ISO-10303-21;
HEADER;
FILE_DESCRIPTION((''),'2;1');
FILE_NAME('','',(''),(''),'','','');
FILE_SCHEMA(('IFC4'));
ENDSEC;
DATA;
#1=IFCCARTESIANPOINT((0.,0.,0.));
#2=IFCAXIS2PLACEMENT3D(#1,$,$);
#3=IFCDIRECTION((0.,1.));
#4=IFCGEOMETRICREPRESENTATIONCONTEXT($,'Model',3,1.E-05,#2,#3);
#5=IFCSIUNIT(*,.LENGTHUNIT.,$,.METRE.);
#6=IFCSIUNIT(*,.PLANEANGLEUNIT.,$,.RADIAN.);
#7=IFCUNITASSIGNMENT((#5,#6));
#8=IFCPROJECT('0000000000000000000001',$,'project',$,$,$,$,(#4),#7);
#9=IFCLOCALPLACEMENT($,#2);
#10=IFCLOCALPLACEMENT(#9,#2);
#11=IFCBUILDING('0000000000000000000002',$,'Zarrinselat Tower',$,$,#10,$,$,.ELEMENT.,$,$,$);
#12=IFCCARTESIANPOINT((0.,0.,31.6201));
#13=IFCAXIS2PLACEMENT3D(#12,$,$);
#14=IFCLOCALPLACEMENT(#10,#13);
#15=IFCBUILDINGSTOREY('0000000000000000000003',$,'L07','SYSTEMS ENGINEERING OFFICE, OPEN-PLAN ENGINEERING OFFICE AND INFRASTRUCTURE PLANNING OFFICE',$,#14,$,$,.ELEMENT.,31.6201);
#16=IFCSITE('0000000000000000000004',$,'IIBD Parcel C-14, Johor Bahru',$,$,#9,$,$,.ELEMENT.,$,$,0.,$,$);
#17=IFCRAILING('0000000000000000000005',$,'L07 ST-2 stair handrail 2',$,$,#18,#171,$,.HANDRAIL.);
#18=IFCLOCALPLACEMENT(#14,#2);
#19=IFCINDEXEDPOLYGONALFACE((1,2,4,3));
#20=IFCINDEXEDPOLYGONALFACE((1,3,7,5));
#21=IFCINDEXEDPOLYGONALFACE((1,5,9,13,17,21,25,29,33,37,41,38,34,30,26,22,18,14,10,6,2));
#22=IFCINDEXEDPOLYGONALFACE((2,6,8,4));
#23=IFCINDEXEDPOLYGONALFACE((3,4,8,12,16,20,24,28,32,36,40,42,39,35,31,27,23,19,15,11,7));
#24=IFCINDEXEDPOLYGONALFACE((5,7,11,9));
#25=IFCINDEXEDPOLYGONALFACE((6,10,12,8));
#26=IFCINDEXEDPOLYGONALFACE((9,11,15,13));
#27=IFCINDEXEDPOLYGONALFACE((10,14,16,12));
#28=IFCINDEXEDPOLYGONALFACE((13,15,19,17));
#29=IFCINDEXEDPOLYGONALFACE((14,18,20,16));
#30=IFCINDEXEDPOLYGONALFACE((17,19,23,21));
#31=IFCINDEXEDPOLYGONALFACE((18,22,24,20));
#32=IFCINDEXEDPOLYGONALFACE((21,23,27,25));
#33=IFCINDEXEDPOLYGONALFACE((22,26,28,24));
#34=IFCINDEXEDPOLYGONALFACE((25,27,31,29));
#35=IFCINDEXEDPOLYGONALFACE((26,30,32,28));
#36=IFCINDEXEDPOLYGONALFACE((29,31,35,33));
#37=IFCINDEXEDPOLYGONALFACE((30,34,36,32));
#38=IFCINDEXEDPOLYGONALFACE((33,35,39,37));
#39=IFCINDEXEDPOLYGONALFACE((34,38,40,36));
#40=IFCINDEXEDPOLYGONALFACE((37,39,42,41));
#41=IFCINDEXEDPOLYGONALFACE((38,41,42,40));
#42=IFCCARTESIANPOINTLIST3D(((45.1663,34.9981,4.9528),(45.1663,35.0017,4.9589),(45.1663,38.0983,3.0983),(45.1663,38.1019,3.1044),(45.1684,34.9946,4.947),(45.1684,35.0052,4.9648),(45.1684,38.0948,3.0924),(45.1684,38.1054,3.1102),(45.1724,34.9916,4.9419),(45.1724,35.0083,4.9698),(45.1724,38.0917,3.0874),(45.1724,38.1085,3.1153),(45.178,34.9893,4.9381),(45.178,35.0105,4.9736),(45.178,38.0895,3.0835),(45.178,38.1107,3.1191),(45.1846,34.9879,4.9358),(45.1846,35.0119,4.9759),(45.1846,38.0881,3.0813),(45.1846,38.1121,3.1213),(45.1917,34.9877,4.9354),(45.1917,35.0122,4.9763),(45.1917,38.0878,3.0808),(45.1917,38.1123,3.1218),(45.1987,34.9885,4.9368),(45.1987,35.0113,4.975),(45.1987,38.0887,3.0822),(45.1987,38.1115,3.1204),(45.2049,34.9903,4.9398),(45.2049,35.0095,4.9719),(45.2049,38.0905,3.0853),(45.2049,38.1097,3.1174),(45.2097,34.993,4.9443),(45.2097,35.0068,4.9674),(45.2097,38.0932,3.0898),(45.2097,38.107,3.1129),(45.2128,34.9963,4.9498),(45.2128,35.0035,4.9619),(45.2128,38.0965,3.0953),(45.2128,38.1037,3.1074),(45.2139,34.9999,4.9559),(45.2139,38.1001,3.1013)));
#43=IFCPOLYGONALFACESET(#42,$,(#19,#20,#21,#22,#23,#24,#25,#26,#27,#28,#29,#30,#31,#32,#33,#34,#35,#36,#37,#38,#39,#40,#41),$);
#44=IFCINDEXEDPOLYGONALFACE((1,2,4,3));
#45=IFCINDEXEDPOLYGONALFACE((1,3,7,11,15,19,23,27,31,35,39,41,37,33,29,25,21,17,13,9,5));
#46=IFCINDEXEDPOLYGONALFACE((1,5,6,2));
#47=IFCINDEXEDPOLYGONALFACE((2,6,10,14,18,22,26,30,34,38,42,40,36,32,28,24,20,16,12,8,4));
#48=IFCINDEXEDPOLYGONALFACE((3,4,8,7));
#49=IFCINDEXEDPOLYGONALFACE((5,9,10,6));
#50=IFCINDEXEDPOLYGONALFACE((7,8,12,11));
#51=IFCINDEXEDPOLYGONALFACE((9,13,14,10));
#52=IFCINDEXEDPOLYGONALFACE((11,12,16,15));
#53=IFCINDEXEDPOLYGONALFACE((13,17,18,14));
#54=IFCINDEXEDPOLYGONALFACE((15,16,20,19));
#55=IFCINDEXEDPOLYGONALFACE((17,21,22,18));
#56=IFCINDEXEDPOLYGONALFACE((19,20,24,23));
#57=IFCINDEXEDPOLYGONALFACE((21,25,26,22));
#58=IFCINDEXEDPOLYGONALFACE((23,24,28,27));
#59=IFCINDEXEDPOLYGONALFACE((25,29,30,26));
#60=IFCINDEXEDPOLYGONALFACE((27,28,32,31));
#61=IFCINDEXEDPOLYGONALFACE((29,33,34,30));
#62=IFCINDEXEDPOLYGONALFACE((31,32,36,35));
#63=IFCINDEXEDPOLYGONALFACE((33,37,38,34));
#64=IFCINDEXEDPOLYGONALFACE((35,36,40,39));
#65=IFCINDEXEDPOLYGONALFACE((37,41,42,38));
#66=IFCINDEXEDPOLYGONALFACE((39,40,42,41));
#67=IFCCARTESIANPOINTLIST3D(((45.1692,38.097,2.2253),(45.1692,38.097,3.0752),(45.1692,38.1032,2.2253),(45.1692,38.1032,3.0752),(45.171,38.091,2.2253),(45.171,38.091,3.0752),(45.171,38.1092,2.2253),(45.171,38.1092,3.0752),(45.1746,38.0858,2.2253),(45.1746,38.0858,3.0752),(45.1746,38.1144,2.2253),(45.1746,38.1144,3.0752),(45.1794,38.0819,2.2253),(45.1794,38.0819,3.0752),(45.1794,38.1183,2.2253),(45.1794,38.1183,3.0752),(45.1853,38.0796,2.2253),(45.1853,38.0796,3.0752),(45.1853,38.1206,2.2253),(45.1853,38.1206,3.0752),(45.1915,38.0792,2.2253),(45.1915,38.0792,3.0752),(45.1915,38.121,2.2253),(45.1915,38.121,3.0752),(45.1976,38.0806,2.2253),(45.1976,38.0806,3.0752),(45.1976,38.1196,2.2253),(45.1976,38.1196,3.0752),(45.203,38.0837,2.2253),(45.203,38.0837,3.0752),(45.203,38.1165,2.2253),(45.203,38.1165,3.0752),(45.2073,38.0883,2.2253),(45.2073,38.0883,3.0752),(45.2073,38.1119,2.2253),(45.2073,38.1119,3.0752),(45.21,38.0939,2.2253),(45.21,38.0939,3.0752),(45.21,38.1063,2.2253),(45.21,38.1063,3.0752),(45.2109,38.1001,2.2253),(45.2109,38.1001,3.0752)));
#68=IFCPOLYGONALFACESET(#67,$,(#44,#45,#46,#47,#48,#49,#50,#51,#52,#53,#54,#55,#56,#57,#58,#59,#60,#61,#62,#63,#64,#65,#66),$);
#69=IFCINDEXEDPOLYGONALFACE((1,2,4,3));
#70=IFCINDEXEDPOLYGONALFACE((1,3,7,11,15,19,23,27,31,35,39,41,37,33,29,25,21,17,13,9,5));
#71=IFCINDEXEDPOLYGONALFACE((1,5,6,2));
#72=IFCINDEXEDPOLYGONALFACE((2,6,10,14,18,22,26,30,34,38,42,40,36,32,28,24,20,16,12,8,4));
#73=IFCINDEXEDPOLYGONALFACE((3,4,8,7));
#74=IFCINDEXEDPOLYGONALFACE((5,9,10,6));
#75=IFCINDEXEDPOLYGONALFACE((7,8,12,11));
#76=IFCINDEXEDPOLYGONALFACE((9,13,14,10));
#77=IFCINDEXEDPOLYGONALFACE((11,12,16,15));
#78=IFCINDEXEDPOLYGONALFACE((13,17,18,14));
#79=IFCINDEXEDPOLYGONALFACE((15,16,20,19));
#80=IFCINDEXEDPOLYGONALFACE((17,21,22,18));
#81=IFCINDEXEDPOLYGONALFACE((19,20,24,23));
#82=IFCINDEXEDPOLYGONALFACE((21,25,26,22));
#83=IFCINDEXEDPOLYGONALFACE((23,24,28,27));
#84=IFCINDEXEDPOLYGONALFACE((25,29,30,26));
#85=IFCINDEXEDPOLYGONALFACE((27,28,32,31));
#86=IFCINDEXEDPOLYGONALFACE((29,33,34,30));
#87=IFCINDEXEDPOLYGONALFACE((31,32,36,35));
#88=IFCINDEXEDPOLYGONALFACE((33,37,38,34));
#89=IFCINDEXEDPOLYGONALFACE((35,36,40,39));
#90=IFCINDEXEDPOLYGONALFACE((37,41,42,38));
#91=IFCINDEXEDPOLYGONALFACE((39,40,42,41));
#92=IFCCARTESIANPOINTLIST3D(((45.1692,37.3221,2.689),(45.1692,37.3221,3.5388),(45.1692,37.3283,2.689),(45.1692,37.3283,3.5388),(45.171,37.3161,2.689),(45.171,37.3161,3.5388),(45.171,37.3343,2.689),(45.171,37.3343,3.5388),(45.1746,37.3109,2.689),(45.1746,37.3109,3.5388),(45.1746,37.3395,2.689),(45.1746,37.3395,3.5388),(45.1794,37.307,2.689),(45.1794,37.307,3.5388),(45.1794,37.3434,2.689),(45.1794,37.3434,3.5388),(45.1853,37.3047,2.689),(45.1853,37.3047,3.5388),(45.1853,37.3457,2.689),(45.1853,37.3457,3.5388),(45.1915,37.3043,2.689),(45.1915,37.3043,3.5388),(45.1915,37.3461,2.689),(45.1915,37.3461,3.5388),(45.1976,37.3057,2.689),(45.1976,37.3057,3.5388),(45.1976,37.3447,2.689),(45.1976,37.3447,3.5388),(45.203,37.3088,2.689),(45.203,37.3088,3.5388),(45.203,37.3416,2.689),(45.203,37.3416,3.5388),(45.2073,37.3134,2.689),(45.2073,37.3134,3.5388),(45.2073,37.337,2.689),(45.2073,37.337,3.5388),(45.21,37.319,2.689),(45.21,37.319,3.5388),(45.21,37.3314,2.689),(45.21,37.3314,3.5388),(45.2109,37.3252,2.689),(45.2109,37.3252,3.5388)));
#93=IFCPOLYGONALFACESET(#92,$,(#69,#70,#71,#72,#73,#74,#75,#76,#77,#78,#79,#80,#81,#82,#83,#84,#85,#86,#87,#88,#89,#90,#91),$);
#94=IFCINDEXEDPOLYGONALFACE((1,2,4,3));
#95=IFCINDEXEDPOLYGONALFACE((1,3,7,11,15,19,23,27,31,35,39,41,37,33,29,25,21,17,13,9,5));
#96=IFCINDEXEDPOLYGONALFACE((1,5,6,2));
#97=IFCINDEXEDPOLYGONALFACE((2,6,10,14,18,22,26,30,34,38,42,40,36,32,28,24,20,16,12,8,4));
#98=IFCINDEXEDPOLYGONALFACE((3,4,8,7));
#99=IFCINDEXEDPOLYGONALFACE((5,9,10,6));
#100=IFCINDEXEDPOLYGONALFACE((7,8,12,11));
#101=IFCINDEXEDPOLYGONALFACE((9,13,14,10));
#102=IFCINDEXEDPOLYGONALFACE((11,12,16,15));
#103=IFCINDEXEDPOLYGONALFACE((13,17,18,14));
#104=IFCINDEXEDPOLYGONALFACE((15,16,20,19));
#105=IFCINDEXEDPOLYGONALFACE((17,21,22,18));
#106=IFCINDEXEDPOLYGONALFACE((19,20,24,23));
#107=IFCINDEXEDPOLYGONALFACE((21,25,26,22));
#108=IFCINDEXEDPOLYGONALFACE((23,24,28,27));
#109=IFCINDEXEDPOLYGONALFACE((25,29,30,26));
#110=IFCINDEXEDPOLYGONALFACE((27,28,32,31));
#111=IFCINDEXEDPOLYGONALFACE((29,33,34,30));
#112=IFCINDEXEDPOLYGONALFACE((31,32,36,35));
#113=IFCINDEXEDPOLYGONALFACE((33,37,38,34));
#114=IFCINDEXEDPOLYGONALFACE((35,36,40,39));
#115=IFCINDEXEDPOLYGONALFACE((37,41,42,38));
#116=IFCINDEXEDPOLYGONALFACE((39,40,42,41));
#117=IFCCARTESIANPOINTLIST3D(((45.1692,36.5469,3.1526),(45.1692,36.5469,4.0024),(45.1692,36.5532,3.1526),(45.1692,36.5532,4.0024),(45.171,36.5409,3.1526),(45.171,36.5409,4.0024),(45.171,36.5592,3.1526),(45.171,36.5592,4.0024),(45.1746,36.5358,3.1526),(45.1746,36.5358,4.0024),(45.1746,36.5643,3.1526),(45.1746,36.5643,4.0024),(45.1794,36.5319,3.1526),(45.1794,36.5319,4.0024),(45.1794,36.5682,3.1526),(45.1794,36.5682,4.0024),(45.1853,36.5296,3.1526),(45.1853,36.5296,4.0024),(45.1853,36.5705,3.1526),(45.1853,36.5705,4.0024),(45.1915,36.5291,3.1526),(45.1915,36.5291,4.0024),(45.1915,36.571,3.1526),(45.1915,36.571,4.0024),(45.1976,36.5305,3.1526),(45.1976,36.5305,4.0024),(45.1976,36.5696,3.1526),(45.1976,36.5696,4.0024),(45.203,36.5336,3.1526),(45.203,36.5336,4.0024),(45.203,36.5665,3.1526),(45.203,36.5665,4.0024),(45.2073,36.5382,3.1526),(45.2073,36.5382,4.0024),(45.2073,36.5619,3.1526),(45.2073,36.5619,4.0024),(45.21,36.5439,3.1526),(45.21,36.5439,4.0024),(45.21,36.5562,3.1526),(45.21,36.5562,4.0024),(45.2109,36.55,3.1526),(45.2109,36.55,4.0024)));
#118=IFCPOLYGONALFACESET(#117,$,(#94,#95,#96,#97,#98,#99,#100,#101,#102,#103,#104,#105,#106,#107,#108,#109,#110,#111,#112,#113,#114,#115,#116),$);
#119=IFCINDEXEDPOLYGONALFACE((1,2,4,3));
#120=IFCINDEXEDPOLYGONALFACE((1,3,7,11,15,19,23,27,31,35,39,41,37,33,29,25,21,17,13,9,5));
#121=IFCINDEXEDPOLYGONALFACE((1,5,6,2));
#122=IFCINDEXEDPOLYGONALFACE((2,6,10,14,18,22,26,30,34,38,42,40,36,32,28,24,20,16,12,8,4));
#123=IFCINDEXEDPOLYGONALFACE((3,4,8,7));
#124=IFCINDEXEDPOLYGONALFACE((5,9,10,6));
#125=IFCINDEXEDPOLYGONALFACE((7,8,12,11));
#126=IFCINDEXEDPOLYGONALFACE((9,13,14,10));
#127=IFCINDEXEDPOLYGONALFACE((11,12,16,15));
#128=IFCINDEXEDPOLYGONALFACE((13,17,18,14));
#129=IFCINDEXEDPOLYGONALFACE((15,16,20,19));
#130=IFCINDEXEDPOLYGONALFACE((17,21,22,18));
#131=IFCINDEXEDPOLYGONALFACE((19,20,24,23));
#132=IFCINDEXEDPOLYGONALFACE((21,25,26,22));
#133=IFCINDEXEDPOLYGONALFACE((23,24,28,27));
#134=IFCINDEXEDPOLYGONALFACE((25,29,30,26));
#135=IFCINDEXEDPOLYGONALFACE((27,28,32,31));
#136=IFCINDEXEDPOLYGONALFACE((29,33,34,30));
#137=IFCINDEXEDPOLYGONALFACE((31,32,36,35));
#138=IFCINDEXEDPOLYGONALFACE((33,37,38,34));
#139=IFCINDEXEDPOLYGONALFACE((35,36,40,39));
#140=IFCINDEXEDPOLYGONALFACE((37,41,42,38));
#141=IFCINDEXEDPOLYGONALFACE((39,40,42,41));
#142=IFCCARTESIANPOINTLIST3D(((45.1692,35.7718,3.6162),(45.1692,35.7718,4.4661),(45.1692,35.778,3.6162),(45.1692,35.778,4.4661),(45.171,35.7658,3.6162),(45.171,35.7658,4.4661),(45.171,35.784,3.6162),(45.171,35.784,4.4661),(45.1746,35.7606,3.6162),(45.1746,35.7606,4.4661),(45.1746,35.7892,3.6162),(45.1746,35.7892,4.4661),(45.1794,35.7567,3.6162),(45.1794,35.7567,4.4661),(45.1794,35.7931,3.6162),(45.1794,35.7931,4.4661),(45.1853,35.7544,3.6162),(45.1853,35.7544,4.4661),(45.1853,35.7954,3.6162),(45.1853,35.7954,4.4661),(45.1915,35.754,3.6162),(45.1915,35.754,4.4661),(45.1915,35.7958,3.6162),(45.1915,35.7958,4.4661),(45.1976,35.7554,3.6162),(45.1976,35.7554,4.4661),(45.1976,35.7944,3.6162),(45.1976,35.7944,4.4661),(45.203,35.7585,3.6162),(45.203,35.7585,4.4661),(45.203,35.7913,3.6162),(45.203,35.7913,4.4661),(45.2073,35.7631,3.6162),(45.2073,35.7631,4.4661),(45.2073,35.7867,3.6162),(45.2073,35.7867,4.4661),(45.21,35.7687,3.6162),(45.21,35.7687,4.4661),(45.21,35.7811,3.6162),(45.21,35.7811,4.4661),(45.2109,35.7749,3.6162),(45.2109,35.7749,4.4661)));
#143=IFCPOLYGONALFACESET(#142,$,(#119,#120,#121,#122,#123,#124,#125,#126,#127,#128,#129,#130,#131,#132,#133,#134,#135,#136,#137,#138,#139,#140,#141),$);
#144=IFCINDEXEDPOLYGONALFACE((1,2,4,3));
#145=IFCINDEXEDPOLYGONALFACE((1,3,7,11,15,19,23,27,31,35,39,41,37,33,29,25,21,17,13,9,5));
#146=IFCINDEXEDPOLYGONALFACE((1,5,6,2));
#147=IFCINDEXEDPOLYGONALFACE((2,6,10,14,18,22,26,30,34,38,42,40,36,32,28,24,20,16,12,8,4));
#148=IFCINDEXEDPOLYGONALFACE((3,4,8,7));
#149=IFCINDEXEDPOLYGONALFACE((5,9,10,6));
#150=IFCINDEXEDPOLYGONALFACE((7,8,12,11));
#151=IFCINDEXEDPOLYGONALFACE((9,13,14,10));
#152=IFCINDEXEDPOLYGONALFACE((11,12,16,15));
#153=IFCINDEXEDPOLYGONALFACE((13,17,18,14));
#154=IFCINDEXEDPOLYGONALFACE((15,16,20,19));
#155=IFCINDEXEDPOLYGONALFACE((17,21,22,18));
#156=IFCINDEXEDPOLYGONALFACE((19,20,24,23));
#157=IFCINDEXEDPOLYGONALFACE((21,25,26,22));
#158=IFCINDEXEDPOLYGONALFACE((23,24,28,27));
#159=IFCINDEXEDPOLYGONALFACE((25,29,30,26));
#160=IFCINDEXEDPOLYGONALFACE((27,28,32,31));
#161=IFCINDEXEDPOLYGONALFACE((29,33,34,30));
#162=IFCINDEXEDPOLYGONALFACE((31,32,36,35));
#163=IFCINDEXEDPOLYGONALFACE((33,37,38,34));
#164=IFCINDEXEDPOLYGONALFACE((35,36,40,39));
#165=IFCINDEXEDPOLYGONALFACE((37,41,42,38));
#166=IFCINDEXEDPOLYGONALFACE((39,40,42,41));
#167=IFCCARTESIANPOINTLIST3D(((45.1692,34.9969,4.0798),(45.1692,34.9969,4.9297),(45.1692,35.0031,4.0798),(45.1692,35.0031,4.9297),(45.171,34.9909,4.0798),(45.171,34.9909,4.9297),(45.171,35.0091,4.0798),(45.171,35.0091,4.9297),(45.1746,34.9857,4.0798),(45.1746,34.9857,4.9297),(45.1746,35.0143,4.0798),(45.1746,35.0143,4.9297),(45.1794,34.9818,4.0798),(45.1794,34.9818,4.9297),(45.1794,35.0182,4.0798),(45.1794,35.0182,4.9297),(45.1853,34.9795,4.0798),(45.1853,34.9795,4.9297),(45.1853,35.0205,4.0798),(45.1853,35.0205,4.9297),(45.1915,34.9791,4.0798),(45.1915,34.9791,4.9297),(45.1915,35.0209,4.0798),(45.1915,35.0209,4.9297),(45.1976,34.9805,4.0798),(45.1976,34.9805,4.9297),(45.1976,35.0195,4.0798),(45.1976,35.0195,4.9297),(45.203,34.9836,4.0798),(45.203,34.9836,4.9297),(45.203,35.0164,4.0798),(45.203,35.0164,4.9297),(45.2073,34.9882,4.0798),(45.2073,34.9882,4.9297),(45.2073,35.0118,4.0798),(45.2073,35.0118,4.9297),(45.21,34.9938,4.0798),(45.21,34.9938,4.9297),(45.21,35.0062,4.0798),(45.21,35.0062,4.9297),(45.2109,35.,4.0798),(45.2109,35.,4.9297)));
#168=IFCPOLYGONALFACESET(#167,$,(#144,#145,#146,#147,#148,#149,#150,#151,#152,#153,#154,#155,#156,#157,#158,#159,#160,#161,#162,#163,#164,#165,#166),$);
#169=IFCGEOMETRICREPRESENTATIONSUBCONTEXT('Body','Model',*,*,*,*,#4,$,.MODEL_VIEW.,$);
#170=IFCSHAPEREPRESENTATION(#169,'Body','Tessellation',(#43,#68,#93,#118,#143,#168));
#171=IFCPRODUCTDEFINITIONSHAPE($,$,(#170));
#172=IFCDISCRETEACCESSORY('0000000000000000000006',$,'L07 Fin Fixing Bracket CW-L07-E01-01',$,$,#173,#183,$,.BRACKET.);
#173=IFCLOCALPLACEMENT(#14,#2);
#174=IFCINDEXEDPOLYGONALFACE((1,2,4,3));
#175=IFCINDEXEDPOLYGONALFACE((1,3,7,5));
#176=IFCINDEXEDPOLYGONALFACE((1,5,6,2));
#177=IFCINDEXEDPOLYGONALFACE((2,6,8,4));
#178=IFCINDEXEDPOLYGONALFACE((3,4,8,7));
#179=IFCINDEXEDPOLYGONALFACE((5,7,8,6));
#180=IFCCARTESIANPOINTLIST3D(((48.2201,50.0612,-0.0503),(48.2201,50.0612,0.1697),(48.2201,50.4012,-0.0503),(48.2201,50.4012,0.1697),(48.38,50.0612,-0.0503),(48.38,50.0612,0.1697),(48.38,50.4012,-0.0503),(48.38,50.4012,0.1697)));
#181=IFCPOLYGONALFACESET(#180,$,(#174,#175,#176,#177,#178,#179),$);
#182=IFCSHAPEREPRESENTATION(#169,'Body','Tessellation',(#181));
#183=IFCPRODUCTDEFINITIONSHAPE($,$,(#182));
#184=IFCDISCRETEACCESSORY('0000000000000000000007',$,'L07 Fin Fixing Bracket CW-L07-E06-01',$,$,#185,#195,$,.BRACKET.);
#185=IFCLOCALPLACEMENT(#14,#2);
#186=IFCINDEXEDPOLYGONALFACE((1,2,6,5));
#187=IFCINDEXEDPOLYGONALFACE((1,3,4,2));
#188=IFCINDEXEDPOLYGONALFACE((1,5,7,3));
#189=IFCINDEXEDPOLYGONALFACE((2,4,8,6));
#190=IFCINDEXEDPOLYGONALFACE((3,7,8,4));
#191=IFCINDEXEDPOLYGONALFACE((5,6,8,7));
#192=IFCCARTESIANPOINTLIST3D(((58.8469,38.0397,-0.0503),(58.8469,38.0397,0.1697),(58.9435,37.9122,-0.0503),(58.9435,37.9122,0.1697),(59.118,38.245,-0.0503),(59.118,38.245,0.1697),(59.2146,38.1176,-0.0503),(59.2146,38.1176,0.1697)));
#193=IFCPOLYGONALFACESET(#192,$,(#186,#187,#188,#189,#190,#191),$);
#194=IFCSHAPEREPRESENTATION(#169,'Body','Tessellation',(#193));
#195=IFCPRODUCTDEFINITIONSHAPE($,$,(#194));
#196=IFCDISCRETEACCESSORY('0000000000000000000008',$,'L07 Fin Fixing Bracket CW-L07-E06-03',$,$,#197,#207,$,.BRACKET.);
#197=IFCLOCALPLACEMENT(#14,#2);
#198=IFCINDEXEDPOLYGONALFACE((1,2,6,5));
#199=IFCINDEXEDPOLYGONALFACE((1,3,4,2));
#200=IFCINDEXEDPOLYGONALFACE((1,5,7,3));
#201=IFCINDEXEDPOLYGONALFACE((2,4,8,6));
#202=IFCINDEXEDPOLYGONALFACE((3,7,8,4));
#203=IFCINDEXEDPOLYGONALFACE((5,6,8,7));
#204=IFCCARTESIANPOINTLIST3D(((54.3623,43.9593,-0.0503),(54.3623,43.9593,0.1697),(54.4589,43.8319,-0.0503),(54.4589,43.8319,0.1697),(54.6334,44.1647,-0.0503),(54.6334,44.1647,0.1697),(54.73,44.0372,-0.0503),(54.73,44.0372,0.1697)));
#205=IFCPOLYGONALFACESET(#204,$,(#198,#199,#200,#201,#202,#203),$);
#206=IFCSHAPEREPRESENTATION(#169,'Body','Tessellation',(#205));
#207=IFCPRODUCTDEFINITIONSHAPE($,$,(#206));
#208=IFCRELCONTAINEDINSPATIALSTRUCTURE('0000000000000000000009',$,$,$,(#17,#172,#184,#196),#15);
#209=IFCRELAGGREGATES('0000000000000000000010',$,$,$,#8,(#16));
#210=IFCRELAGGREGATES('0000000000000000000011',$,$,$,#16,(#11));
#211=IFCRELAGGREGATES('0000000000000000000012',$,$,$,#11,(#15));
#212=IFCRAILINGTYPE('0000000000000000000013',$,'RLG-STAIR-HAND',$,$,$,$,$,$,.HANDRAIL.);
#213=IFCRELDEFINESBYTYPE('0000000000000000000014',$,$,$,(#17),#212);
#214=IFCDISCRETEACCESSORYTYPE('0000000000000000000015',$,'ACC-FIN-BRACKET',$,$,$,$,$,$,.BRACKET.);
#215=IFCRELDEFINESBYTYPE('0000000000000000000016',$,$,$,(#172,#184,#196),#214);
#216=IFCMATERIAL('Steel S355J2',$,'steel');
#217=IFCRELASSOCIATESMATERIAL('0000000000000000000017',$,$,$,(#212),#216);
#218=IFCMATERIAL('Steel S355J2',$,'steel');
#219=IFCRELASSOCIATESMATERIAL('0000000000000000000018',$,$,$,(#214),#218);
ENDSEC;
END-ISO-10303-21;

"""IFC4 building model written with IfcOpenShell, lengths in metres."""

from ifc_helpers import new_model, si_unit, direction, frame, origin, origin_2d, place, context, subcontext, project, spatial, rectangle, circle, extrude, material, type_object, element, save


model = new_model("IFC4")

# Units and contexts
model_context = context("Model", 3, precision=1e-05, world=origin(), true_north=direction((0.0, 1.0)))
body_context = subcontext(model_context, "Body", "Model", "MODEL_VIEW")
ifc_project = project(units=[si_unit("LENGTHUNIT", "METRE"), si_unit("PLANEANGLEUNIT", "RADIAN")], contexts=[model_context])

# Site, building, storey
site_placement = place(None, origin())
site = spatial("IfcSite", under=ifc_project, at=site_placement, Name="IIBD Parcel C-14, Johor Bahru", CompositionType="ELEMENT", RefElevation=0.0)
building_placement = place(site_placement, origin())
building = spatial("IfcBuilding", under=site, at=building_placement, Name="Zarrinselat Tower", CompositionType="ELEMENT")
storey_placement = place(building_placement, frame((0.0, 0.0, 31.6201)))
storey = spatial("IfcBuildingStorey", under=building, at=storey_placement, Name="L07", Description="SYSTEMS ENGINEERING OFFICE, OPEN-PLAN ENGINEERING OFFICE AND INFRASTRUCTURE PLANNING OFFICE", CompositionType="ELEMENT", Elevation=31.6201)

# Railing
ifc_material_1 = material(Name="Steel S355J2", Category="steel")
railing_type_1 = type_object("IfcRailingType", Name="RLG-STAIR-HAND", PredefinedType="HANDRAIL", material=ifc_material_1)
railing_1_placement = place(storey_placement, frame((45.1899, 38.1001, 2.2253)))
element("IfcRailing", 1, at=railing_1_placement, inside=storey, type_object=railing_type_1, Name="L07 ST-2 stair handrail 2", PredefinedType="HANDRAIL", context=body_context, shape_type="SweptSolid", body=[
    extrude(circle(Radius=0.0239, at=origin_2d()), frame((0.0, 0.0, 0.876), z_axis=(0.0, -0.858172, 0.513362), x_axis=(1.0, 0.0, 0.0)), (0.0, 0.0, 1.0), 3.6125),
    extrude(circle(Radius=0.021, at=origin_2d()), origin(), (0.0, 0.0, 1.0), 0.8499),
    extrude(circle(Radius=0.021, at=origin_2d()), frame((0.0, -0.7749, 0.4636)), (0.0, 0.0, 1.0), 0.8499),
    extrude(circle(Radius=0.021, at=origin_2d()), frame((0.0, -1.55, 0.9272)), (0.0, 0.0, 1.0), 0.8499),
    extrude(circle(Radius=0.021, at=origin_2d()), frame((0.0, -2.3252, 1.3909)), (0.0, 0.0, 1.0), 0.8499),
    extrude(circle(Radius=0.021, at=origin_2d()), frame((0.0, -3.1001, 1.8545)), (0.0, 0.0, 1.0), 0.8499),
])

# Discrete accessories
ifc_material_2 = material(Name="Steel S355J2", Category="steel")
discrete_accessory_type = type_object("IfcDiscreteAccessoryType", Name="ACC-FIN-BRACKET", PredefinedType="BRACKET", material=ifc_material_2)
for number, where, z_axis, x_axis, name in (
    (2, (48.3, 50.2312, -0.0503), (0.0, 0.0, 1.0), (0.0, 1.0, 0.0), "L07 Fin Fixing Bracket CW-L07-E01-01"),
    (3, (59.0308, 38.0786, -0.0503), (0.0, 0.0, 1.0), (0.797091, 0.603859, 0.0), "L07 Fin Fixing Bracket CW-L07-E06-01"),
    (4, (54.5461, 43.9983, -0.0503), (0.0, 0.0, 1.0), (0.797091, 0.603859, 0.0), "L07 Fin Fixing Bracket CW-L07-E06-03"),
):
    element("IfcDiscreteAccessory", number, at=place(storey_placement, frame(where, z_axis=z_axis, x_axis=x_axis)), inside=storey, type_object=discrete_accessory_type, Name=name, PredefinedType="BRACKET", context=body_context, shape_type="SweptSolid", body=[
        extrude(rectangle(XDim=0.3401, YDim=0.1599, at=origin_2d()), origin(), (0.0, 0.0, 1.0), 0.22),
    ])

save(model, "model.ifc")
